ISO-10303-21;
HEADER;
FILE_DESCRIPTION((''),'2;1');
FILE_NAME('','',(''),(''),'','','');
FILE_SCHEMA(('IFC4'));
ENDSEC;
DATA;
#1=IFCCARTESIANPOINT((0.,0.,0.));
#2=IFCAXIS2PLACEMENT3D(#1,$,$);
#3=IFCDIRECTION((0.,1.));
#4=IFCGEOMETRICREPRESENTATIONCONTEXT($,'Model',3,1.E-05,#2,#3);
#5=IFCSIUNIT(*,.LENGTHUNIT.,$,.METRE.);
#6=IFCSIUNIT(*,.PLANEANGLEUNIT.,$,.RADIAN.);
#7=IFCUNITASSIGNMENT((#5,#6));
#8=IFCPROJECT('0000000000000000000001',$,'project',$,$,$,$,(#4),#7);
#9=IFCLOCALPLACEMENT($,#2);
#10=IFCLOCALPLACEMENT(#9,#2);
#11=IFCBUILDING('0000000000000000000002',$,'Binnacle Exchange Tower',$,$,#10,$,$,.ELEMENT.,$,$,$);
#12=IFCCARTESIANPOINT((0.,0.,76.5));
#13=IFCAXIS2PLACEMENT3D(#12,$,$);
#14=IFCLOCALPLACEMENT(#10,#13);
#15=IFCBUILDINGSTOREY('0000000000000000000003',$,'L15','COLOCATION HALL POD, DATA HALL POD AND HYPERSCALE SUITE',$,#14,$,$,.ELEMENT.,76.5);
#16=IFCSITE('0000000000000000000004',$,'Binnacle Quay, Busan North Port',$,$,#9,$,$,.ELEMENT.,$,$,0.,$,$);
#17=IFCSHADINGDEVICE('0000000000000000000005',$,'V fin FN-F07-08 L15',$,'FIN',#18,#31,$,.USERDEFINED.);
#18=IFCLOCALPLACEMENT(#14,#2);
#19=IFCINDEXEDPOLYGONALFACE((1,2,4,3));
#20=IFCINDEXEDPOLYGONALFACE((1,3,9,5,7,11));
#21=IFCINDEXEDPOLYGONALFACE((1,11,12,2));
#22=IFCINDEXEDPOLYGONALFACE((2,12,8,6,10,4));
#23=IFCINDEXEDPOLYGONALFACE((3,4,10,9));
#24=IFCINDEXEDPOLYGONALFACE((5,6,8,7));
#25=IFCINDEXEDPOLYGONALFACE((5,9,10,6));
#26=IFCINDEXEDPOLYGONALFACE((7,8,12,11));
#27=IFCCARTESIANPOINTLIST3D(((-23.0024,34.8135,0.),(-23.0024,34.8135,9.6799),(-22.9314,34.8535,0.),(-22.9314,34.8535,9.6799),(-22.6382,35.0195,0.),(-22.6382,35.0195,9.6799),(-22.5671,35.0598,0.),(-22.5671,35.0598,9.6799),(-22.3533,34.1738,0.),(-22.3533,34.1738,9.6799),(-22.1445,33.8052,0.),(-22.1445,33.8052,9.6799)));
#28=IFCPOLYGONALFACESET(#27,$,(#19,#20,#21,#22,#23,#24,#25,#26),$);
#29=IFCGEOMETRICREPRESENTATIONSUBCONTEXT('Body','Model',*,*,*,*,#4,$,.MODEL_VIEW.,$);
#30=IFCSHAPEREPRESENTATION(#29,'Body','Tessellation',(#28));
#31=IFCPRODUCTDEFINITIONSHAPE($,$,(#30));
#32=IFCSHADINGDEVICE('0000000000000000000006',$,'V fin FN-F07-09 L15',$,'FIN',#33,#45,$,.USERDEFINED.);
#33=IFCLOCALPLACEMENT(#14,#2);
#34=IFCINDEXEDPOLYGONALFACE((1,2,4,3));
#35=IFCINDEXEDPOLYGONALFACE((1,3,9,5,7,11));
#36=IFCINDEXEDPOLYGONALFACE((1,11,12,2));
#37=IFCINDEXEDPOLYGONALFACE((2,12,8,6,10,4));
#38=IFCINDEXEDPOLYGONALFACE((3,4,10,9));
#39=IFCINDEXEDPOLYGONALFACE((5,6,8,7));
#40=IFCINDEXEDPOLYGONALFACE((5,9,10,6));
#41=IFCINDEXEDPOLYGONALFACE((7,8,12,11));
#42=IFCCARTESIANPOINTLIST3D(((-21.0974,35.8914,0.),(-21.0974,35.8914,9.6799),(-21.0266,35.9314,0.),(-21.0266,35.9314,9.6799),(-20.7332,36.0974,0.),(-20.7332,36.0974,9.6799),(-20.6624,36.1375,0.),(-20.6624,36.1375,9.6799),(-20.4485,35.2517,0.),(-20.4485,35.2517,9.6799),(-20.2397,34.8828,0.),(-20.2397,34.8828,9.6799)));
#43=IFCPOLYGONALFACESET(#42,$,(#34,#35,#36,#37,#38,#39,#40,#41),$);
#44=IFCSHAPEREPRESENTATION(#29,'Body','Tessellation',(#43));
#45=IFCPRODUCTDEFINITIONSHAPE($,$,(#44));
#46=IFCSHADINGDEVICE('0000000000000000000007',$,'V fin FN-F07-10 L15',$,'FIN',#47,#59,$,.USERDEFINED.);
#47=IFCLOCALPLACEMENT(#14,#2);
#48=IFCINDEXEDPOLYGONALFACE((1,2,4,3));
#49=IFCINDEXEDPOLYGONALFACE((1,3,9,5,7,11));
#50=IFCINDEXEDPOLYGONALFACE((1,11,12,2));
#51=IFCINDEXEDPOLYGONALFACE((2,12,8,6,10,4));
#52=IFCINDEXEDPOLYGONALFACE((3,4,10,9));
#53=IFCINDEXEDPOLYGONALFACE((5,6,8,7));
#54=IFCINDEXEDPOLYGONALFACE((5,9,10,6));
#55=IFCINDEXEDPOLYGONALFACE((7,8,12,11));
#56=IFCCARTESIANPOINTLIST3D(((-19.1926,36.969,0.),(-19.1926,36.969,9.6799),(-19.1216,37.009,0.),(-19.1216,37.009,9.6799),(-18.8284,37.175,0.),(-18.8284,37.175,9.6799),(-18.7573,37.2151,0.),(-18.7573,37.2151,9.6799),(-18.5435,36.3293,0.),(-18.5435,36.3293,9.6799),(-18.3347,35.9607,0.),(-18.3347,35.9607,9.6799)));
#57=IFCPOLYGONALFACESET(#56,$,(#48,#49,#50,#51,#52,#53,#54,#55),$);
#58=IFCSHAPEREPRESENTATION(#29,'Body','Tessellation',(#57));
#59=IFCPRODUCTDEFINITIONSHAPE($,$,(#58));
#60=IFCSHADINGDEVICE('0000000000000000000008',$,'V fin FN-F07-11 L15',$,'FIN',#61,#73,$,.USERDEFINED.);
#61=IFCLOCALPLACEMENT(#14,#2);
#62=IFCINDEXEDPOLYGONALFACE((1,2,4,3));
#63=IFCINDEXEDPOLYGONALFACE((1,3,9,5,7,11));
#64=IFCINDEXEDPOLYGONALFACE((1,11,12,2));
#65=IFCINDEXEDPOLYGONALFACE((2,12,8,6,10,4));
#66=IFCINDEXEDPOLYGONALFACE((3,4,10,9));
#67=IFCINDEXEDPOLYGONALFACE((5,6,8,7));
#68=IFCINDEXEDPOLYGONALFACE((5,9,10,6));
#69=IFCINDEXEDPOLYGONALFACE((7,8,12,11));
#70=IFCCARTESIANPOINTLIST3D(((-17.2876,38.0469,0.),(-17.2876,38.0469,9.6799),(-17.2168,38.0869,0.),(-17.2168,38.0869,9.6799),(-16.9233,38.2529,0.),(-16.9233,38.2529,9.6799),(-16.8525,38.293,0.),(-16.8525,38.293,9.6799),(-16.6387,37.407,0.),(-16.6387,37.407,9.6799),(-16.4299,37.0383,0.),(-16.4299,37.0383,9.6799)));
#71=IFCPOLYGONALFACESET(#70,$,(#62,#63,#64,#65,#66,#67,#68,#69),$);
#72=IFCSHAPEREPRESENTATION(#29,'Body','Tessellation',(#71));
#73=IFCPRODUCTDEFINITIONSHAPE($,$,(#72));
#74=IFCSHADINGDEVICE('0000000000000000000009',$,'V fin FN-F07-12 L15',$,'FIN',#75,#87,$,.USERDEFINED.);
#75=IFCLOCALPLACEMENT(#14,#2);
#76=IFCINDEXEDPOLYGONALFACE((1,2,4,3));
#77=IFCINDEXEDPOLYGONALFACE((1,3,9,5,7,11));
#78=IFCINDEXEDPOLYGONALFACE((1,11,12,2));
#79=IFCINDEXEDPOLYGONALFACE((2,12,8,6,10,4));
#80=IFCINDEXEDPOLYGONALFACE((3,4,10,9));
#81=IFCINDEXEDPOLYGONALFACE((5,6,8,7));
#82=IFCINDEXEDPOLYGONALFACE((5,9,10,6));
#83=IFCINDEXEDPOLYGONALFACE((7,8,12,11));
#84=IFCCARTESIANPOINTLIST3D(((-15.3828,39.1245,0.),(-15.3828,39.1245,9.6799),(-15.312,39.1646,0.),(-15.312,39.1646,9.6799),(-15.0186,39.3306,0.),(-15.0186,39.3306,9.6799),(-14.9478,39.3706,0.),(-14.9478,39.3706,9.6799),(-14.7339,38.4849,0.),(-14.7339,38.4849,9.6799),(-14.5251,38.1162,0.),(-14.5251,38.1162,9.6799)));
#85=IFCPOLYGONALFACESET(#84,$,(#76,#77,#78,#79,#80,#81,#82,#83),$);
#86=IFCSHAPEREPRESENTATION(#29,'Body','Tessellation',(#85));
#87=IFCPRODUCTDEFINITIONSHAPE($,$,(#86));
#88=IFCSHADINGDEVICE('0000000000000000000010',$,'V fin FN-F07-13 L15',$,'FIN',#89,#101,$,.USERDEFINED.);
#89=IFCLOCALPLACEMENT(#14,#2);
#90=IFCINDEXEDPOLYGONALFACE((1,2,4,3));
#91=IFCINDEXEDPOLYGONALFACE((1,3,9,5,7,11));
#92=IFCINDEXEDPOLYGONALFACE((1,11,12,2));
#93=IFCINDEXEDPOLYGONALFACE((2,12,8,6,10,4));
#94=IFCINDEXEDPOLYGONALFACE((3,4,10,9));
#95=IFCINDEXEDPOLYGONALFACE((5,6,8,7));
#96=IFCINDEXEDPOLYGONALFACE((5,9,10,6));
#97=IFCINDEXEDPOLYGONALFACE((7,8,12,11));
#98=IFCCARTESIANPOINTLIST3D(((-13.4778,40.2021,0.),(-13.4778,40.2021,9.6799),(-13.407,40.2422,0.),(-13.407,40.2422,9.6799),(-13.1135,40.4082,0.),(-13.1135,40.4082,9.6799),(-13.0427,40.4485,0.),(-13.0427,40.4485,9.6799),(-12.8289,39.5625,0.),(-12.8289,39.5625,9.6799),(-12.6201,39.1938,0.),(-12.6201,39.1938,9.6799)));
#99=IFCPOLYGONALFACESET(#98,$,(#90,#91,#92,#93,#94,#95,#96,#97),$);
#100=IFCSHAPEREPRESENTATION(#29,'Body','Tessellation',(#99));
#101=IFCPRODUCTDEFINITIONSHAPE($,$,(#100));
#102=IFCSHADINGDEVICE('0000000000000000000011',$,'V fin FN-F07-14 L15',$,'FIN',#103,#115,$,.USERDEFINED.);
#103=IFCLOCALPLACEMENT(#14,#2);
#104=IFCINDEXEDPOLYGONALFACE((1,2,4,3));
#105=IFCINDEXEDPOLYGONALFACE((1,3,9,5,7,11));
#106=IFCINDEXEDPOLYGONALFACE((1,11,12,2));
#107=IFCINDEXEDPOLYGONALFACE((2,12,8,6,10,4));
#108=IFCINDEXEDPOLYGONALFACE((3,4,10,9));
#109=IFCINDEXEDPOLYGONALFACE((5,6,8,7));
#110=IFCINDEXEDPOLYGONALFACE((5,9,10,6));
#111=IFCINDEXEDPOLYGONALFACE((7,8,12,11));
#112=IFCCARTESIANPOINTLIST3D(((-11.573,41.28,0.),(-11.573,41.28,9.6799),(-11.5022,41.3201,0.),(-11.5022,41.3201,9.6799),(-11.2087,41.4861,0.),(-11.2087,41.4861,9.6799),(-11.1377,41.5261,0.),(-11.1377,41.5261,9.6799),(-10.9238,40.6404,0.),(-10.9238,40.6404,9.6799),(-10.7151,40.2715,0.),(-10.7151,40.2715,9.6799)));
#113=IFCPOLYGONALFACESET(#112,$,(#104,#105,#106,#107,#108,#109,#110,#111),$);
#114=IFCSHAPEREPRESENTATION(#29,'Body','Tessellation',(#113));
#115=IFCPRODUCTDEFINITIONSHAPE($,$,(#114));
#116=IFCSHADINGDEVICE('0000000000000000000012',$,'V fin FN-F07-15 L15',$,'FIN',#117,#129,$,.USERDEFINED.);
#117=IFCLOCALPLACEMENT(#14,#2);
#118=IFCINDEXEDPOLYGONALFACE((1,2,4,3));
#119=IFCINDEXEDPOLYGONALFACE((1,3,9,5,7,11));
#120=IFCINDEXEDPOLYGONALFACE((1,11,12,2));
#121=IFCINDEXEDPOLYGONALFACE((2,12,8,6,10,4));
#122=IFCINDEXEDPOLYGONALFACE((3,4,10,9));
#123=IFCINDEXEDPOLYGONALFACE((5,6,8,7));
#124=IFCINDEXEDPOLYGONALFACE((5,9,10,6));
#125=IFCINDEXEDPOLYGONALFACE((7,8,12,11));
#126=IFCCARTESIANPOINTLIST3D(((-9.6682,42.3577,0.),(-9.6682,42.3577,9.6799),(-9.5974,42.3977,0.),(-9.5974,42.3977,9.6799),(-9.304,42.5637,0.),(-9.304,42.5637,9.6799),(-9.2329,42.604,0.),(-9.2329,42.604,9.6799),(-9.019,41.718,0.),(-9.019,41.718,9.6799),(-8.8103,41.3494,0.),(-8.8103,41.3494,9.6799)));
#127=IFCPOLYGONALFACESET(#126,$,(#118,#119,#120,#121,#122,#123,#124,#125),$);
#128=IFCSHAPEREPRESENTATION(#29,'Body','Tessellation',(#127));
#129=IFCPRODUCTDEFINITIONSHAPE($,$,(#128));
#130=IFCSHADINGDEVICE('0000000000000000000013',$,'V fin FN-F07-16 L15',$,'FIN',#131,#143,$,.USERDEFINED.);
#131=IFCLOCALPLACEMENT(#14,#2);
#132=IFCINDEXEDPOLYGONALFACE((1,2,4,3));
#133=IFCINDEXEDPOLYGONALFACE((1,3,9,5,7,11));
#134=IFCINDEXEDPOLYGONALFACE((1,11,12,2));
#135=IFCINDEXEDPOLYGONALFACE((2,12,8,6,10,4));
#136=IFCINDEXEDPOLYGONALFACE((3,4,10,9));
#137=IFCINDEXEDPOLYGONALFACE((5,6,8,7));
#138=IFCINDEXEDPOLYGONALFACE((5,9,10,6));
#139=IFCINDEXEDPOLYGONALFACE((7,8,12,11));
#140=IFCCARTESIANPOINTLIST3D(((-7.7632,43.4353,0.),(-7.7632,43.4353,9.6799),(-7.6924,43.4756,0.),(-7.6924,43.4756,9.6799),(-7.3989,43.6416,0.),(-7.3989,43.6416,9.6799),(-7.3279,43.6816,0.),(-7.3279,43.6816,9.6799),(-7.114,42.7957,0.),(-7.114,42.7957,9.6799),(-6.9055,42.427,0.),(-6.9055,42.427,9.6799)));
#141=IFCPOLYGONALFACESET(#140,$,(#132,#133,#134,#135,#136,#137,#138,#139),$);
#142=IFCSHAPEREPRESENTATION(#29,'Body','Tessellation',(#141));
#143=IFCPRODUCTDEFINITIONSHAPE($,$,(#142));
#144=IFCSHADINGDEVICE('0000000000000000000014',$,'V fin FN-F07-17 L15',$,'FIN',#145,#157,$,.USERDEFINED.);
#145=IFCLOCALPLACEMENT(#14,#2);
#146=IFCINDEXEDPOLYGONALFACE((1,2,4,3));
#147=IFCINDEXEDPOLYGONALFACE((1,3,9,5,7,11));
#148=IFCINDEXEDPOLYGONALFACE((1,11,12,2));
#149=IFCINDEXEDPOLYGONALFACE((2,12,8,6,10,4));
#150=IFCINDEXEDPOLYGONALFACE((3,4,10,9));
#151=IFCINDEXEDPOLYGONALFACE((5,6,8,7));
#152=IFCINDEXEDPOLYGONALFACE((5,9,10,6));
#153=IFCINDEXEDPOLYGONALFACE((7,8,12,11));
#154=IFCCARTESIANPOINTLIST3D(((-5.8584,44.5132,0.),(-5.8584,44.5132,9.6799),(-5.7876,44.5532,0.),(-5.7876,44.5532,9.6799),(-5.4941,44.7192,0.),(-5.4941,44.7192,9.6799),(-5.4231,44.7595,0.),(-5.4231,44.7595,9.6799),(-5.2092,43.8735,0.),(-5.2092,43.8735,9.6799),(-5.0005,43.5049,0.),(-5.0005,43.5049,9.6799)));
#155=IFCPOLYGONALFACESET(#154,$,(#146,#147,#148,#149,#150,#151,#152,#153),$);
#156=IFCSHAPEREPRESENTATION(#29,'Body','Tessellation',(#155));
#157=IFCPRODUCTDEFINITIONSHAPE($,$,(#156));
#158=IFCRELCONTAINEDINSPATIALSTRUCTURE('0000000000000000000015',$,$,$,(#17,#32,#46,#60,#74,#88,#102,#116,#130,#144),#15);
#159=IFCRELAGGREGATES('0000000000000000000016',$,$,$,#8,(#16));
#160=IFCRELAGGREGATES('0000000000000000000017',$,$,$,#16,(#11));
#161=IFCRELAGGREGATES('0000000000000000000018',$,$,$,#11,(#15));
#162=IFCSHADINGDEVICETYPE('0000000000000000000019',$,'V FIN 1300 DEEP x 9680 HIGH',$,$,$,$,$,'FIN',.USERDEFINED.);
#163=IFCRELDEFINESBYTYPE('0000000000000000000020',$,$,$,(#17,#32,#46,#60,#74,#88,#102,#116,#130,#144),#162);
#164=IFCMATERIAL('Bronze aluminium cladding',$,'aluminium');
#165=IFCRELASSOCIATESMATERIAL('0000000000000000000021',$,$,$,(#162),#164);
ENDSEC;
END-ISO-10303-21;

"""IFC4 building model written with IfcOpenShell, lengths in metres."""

from ifc_helpers import new_model, si_unit, direction, frame, origin, place, context, subcontext, project, spatial, polyline, outline, extrude, material, type_object, element, save


model = new_model("IFC4")

# Units and contexts
model_context = context("Model", 3, precision=1e-05, world=origin(), true_north=direction((0.0, 1.0)))
body_context = subcontext(model_context, "Body", "Model", "MODEL_VIEW")
ifc_project = project(units=[si_unit("LENGTHUNIT", "METRE"), si_unit("PLANEANGLEUNIT", "RADIAN")], contexts=[model_context])

# Site, building, storey
site_placement = place(None, origin())
site = spatial("IfcSite", under=ifc_project, at=site_placement, Name="Binnacle Quay, Busan North Port", CompositionType="ELEMENT", RefElevation=0.0)
building_placement = place(site_placement, origin())
building = spatial("IfcBuilding", under=site, at=building_placement, Name="Binnacle Exchange Tower", CompositionType="ELEMENT")
storey_placement = place(building_placement, frame((0.0, 0.0, 76.5)))
storey = spatial("IfcBuildingStorey", under=building, at=storey_placement, Name="L15", Description="COLOCATION HALL POD, DATA HALL POD AND HYPERSCALE SUITE", CompositionType="ELEMENT", Elevation=76.5)

# Shading devices
ifc_material = material(Name="Bronze aluminium cladding", Category="aluminium")
shading_device_type = type_object("IfcShadingDeviceType", Name="V FIN 1300 DEEP x 9680 HIGH", ElementType="FIN", PredefinedType="USERDEFINED", material=ifc_material)
shading_device_1_placement = place(storey_placement, origin())
element("IfcShadingDevice", 1, at=shading_device_1_placement, inside=storey, type_object=shading_device_type, Name="V fin FN-F07-08 L15", ObjectType="FIN", PredefinedType="USERDEFINED", context=body_context, shape_type="SweptSolid", body=[
    extrude(outline(polyline([(-23.0024, 34.8135), (-22.1445, 33.8052), (-22.5671, 35.0598), (-22.6382, 35.0195), (-22.3533, 34.1738), (-22.9314, 34.8535), (-23.0024, 34.8135)])), origin(), (0.0, 0.0, 1.0), 9.6799),
])
shading_device_2_placement = place(storey_placement, origin())
element("IfcShadingDevice", 2, at=shading_device_2_placement, inside=storey, type_object=shading_device_type, Name="V fin FN-F07-09 L15", ObjectType="FIN", PredefinedType="USERDEFINED", context=body_context, shape_type="SweptSolid", body=[
    extrude(outline(polyline([(-21.0974, 35.8914), (-20.2397, 34.8828), (-20.6624, 36.1375), (-20.7332, 36.0974), (-20.4485, 35.2517), (-21.0266, 35.9314), (-21.0974, 35.8914)])), origin(), (0.0, 0.0, 1.0), 9.6799),
])
shading_device_3_placement = place(storey_placement, origin())
element("IfcShadingDevice", 3, at=shading_device_3_placement, inside=storey, type_object=shading_device_type, Name="V fin FN-F07-10 L15", ObjectType="FIN", PredefinedType="USERDEFINED", context=body_context, shape_type="SweptSolid", body=[
    extrude(outline(polyline([(-19.1926, 36.969), (-18.3347, 35.9607), (-18.7573, 37.2151), (-18.8284, 37.175), (-18.5435, 36.3293), (-19.1216, 37.009), (-19.1926, 36.969)])), origin(), (0.0, 0.0, 1.0), 9.6799),
])
shading_device_4_placement = place(storey_placement, origin())
element("IfcShadingDevice", 4, at=shading_device_4_placement, inside=storey, type_object=shading_device_type, Name="V fin FN-F07-11 L15", ObjectType="FIN", PredefinedType="USERDEFINED", context=body_context, shape_type="SweptSolid", body=[
    extrude(outline(polyline([(-17.2876, 38.0469), (-16.4299, 37.0383), (-16.8525, 38.293), (-16.9233, 38.2529), (-16.6387, 37.407), (-17.2168, 38.0869), (-17.2876, 38.0469)])), origin(), (0.0, 0.0, 1.0), 9.6799),
])
shading_device_5_placement = place(storey_placement, origin())
element("IfcShadingDevice", 5, at=shading_device_5_placement, inside=storey, type_object=shading_device_type, Name="V fin FN-F07-12 L15", ObjectType="FIN", PredefinedType="USERDEFINED", context=body_context, shape_type="SweptSolid", body=[
    extrude(outline(polyline([(-15.3828, 39.1245), (-14.5251, 38.1162), (-14.9478, 39.3706), (-15.0186, 39.3306), (-14.7339, 38.4849), (-15.312, 39.1646), (-15.3828, 39.1245)])), origin(), (0.0, 0.0, 1.0), 9.6799),
])
shading_device_6_placement = place(storey_placement, origin())
element("IfcShadingDevice", 6, at=shading_device_6_placement, inside=storey, type_object=shading_device_type, Name="V fin FN-F07-13 L15", ObjectType="FIN", PredefinedType="USERDEFINED", context=body_context, shape_type="SweptSolid", body=[
    extrude(outline(polyline([(-13.4778, 40.2021), (-12.6201, 39.1938), (-13.0427, 40.4485), (-13.1135, 40.4082), (-12.8289, 39.5625), (-13.407, 40.2422), (-13.4778, 40.2021)])), origin(), (0.0, 0.0, 1.0), 9.6799),
])
shading_device_7_placement = place(storey_placement, origin())
element("IfcShadingDevice", 7, at=shading_device_7_placement, inside=storey, type_object=shading_device_type, Name="V fin FN-F07-14 L15", ObjectType="FIN", PredefinedType="USERDEFINED", context=body_context, shape_type="SweptSolid", body=[
    extrude(outline(polyline([(-11.573, 41.28), (-10.7151, 40.2715), (-11.1377, 41.5261), (-11.2087, 41.4861), (-10.9238, 40.6404), (-11.5022, 41.3201), (-11.573, 41.28)])), origin(), (0.0, 0.0, 1.0), 9.6799),
])
shading_device_8_placement = place(storey_placement, origin())
element("IfcShadingDevice", 8, at=shading_device_8_placement, inside=storey, type_object=shading_device_type, Name="V fin FN-F07-15 L15", ObjectType="FIN", PredefinedType="USERDEFINED", context=body_context, shape_type="SweptSolid", body=[
    extrude(outline(polyline([(-9.6682, 42.3577), (-8.8103, 41.3494), (-9.2329, 42.604), (-9.304, 42.5637), (-9.019, 41.718), (-9.5974, 42.3977), (-9.6682, 42.3577)])), origin(), (0.0, 0.0, 1.0), 9.6799),
])
shading_device_9_placement = place(storey_placement, origin())
element("IfcShadingDevice", 9, at=shading_device_9_placement, inside=storey, type_object=shading_device_type, Name="V fin FN-F07-16 L15", ObjectType="FIN", PredefinedType="USERDEFINED", context=body_context, shape_type="SweptSolid", body=[
    extrude(outline(polyline([(-7.7632, 43.4353), (-6.9055, 42.427), (-7.3279, 43.6816), (-7.3989, 43.6416), (-7.114, 42.7957), (-7.6924, 43.4756), (-7.7632, 43.4353)])), origin(), (0.0, 0.0, 1.0), 9.6799),
])
shading_device_10_placement = place(storey_placement, origin())
element("IfcShadingDevice", 10, at=shading_device_10_placement, inside=storey, type_object=shading_device_type, Name="V fin FN-F07-17 L15", ObjectType="FIN", PredefinedType="USERDEFINED", context=body_context, shape_type="SweptSolid", body=[
    extrude(outline(polyline([(-5.8584, 44.5132), (-5.0005, 43.5049), (-5.4231, 44.7595), (-5.4941, 44.7192), (-5.2092, 43.8735), (-5.7876, 44.5532), (-5.8584, 44.5132)])), origin(), (0.0, 0.0, 1.0), 9.6799),
])

save(model, "model.ifc")
